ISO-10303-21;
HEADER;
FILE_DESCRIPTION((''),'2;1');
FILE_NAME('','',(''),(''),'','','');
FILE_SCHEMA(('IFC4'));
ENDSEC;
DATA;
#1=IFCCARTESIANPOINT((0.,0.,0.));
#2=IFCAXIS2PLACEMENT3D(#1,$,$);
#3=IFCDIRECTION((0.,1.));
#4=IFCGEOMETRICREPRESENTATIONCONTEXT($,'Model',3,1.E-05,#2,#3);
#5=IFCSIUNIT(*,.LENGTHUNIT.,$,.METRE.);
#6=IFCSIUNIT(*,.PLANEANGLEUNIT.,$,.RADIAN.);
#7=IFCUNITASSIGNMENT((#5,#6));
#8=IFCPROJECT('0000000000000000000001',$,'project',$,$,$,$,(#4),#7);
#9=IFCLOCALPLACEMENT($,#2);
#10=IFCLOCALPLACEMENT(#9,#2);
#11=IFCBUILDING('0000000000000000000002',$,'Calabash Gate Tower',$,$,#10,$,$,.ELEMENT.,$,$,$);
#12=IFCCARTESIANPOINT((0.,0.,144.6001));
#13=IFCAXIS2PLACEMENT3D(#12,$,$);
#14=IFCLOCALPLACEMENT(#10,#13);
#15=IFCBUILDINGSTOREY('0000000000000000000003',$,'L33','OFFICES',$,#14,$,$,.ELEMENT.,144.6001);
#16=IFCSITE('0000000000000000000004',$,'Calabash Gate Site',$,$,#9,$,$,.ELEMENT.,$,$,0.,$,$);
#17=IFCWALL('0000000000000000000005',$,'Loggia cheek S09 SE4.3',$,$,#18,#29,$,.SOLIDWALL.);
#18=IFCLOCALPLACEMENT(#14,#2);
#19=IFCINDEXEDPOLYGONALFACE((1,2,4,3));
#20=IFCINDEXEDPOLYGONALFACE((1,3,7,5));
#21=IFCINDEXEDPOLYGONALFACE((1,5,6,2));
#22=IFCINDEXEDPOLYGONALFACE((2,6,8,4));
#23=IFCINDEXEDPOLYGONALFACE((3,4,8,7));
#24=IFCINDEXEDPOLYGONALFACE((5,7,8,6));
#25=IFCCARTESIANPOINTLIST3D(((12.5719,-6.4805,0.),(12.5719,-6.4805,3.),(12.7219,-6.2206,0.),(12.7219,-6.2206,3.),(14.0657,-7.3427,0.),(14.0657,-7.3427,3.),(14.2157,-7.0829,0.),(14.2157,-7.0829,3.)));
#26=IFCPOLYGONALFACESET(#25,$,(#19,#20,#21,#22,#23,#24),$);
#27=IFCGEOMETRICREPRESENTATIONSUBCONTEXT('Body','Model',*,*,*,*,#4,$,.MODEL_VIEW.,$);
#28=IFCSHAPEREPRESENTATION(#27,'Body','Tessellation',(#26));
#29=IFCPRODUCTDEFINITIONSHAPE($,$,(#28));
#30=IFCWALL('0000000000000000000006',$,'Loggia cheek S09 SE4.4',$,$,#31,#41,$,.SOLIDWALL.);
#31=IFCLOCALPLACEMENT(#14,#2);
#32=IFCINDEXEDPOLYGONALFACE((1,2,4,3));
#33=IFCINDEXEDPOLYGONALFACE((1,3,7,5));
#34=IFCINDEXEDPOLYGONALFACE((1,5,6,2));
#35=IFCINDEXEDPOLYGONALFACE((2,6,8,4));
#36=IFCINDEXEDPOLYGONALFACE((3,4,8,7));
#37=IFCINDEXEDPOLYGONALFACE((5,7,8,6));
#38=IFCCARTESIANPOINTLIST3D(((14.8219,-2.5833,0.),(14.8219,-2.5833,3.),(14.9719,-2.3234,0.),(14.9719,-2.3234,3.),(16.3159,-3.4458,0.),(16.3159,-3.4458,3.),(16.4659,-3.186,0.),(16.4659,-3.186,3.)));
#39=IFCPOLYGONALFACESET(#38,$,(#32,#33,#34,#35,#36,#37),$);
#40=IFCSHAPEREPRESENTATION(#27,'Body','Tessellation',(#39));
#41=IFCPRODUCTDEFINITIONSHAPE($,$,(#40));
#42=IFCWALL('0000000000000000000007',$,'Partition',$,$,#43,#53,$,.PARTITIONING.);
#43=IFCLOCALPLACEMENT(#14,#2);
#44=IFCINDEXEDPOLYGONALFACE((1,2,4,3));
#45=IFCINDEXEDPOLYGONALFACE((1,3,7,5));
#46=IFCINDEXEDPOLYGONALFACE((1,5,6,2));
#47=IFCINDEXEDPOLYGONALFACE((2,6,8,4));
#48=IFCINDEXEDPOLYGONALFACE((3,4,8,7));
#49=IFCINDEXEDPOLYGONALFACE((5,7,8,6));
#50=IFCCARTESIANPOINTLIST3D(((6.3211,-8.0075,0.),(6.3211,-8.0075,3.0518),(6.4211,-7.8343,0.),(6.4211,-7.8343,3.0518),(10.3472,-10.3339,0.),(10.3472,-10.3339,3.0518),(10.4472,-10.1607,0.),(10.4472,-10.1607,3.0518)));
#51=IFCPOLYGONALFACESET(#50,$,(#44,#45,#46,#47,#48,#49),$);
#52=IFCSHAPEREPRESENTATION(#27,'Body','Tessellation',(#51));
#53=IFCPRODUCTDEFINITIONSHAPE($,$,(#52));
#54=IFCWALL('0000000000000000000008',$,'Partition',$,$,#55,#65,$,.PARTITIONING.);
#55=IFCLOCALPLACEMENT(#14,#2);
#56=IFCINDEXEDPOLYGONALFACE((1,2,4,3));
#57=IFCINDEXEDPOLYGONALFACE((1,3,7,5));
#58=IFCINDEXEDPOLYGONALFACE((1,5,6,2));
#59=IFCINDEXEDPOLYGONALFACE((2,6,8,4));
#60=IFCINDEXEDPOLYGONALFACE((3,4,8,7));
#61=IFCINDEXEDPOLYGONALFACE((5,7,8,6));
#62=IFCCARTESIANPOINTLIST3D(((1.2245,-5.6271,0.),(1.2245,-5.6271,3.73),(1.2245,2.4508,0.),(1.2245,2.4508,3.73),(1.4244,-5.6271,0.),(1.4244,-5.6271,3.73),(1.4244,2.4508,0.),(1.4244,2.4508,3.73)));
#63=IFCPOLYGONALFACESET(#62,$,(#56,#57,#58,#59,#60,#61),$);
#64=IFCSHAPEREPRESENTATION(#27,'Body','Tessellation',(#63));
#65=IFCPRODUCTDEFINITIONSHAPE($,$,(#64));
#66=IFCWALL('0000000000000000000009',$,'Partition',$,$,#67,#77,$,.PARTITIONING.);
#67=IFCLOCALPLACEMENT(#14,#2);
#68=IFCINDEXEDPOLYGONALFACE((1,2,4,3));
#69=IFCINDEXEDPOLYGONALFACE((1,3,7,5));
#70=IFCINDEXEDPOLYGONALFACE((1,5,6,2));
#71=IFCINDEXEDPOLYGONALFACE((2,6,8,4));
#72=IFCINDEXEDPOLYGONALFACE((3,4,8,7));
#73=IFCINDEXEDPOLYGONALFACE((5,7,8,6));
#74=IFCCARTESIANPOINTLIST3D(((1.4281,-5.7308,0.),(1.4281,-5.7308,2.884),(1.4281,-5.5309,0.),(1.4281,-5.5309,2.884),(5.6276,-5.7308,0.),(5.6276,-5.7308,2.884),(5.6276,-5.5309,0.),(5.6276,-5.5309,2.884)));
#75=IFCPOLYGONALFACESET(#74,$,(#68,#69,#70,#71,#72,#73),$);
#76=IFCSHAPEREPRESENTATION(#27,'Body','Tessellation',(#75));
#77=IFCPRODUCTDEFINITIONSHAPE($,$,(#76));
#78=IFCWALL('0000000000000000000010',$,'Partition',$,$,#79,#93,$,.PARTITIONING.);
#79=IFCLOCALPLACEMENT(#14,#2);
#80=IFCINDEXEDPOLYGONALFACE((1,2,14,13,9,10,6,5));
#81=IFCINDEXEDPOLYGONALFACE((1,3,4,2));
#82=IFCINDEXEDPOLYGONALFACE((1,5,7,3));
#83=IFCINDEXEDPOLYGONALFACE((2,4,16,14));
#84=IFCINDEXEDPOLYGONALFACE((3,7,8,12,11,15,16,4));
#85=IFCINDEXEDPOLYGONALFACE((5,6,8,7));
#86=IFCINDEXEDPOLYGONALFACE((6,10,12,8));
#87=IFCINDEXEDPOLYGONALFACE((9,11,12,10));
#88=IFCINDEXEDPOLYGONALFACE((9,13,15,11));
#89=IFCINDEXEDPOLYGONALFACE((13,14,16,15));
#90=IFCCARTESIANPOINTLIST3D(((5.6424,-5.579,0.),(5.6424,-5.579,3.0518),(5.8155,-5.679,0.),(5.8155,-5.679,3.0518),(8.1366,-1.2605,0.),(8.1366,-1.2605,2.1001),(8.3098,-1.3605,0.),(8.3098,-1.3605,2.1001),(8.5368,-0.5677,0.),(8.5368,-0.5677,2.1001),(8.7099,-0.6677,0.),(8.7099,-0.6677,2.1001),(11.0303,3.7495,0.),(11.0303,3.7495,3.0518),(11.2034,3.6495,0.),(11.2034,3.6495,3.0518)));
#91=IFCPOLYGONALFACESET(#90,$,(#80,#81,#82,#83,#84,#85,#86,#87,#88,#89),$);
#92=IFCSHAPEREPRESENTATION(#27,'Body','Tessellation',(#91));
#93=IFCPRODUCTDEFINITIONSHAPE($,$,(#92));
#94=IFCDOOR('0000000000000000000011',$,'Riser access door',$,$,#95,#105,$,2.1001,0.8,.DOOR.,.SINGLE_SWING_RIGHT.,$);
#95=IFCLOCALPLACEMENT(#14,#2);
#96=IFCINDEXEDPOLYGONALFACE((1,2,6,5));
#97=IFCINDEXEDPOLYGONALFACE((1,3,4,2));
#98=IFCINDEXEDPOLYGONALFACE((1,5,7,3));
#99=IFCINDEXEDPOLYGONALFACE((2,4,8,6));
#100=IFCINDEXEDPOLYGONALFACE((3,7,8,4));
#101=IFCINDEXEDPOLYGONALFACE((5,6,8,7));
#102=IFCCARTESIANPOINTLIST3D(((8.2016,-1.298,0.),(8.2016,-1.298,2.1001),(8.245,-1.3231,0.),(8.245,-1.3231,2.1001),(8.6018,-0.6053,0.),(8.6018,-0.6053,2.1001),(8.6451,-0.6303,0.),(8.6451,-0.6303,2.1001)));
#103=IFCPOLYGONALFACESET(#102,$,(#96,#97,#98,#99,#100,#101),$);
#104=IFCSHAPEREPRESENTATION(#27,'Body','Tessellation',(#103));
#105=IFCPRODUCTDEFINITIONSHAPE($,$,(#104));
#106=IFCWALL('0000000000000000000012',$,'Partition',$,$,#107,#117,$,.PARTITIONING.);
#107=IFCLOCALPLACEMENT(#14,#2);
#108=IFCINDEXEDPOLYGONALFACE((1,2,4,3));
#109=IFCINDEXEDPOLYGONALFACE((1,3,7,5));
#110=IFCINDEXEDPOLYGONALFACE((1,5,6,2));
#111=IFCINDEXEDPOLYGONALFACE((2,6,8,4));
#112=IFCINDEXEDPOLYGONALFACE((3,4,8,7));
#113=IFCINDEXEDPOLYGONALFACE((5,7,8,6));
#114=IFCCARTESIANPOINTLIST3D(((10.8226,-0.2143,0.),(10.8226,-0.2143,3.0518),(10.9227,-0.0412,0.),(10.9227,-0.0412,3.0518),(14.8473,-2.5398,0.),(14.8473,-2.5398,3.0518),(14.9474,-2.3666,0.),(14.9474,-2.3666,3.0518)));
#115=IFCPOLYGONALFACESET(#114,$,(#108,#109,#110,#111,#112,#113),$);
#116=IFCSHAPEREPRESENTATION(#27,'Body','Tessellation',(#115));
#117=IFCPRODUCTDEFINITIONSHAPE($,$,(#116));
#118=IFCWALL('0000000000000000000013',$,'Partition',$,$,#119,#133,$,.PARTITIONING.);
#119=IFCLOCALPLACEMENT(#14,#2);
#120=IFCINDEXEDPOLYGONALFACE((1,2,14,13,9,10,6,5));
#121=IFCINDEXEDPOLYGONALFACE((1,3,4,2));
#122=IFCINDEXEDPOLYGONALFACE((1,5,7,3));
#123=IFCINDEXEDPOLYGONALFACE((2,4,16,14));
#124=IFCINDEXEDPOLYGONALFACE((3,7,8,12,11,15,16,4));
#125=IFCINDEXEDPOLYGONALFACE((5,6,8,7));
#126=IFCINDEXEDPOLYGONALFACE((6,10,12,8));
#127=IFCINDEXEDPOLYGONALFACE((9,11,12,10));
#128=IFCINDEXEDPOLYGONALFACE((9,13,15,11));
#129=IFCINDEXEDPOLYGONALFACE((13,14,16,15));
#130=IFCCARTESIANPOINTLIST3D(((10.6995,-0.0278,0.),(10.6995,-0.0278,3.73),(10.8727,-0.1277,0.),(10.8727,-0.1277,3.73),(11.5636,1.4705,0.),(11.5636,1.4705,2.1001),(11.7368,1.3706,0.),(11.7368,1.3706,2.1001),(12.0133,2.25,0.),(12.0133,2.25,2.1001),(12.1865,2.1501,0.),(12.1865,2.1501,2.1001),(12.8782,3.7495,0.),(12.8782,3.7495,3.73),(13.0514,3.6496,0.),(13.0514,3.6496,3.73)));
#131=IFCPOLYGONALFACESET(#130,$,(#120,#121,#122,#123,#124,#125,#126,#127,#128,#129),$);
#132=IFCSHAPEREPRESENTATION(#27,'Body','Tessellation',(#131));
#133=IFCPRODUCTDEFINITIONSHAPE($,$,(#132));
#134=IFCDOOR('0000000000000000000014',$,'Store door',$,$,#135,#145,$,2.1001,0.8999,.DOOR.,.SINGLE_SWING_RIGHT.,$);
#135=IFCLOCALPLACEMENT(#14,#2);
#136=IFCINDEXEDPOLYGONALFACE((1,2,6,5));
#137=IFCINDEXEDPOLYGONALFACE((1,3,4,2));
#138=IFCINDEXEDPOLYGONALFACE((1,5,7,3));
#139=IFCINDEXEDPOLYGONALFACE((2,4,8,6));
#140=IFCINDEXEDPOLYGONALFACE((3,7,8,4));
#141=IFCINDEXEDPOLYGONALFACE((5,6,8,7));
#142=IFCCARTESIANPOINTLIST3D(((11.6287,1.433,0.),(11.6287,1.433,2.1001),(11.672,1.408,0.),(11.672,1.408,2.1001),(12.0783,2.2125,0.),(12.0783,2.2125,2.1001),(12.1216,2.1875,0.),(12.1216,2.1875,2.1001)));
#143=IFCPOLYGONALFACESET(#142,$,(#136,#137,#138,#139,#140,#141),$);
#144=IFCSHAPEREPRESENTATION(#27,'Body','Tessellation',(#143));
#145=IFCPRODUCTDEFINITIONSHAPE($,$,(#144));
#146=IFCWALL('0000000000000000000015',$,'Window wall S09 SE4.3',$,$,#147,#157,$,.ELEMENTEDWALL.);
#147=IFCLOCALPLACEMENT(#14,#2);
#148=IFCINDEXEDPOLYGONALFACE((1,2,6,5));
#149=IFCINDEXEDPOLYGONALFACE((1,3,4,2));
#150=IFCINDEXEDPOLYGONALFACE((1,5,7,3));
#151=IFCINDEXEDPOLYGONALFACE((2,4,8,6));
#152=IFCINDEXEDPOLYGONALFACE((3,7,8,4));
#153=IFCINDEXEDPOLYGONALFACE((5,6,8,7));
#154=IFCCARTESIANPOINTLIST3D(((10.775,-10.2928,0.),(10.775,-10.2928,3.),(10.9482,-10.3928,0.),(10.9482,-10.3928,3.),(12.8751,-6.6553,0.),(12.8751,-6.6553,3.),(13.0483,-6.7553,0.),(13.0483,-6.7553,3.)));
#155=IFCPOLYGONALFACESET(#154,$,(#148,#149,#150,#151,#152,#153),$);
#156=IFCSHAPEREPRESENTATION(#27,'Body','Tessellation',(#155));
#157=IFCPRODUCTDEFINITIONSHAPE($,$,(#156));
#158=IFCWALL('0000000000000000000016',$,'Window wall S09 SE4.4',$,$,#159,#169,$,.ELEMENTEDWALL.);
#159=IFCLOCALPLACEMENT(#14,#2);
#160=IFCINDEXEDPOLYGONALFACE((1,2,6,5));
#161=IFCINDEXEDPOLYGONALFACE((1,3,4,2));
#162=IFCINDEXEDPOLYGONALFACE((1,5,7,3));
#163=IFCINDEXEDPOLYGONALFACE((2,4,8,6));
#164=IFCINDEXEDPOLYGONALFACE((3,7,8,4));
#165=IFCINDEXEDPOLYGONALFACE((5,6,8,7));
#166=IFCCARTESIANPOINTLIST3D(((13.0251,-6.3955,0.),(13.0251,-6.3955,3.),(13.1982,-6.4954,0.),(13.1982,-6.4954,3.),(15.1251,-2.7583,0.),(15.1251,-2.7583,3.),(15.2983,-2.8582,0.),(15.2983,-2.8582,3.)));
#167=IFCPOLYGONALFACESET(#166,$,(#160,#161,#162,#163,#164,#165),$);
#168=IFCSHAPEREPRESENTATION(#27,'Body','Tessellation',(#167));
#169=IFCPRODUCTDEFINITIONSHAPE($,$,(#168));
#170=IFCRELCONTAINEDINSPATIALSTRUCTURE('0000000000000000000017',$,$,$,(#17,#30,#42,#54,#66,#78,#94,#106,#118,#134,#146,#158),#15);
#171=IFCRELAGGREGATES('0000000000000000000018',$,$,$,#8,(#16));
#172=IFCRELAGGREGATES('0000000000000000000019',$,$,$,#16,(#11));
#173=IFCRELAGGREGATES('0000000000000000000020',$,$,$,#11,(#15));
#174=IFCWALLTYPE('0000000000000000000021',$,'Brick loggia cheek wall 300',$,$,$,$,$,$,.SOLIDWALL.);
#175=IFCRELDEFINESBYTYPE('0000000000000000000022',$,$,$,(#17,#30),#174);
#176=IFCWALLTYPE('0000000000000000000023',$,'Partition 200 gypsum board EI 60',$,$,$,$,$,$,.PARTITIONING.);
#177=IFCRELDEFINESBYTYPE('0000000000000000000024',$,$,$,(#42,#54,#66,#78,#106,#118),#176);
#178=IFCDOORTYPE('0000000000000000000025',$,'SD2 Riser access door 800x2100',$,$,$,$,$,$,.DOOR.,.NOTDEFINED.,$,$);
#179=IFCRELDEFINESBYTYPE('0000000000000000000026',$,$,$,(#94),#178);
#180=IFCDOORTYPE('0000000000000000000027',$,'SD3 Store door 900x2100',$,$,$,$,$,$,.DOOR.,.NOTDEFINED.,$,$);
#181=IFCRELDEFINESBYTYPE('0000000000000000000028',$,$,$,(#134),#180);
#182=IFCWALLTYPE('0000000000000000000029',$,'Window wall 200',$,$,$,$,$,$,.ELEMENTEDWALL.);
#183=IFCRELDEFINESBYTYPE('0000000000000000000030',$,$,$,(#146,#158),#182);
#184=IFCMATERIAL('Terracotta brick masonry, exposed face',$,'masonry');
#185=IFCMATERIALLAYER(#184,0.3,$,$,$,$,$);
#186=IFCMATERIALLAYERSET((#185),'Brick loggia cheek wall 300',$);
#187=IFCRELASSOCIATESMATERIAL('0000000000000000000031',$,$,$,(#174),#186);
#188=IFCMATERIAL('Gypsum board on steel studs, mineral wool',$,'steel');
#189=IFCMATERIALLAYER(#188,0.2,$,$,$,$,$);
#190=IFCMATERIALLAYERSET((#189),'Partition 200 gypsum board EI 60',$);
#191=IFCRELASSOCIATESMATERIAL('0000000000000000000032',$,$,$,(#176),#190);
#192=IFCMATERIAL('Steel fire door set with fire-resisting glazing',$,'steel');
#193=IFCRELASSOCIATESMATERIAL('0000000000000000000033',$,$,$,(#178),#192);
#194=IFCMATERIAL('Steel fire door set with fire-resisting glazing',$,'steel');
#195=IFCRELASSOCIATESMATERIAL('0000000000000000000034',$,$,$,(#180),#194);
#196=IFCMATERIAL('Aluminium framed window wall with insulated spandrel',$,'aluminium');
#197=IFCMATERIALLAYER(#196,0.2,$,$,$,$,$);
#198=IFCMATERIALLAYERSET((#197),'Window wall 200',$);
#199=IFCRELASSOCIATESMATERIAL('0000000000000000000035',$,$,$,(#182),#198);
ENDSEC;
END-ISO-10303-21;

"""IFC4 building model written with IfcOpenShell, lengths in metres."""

from ifc_helpers import new_model, si_unit, direction, frame, frame_2d, origin, place, context, subcontext, project, spatial, rectangle, extrude, material, layer, layer_set, type_object, element, fill, save


model = new_model("IFC4")

# Units and contexts
model_context = context("Model", 3, precision=1e-05, world=origin(), true_north=direction((0.0, 1.0)))
body_context = subcontext(model_context, "Body", "Model", "MODEL_VIEW")
ifc_project = project(units=[si_unit("LENGTHUNIT", "METRE"), si_unit("PLANEANGLEUNIT", "RADIAN")], contexts=[model_context])

# Site, building, storey
site_placement = place(None, origin())
site = spatial("IfcSite", under=ifc_project, at=site_placement, Name="Calabash Gate Site", CompositionType="ELEMENT", RefElevation=0.0)
building_placement = place(site_placement, origin())
building = spatial("IfcBuilding", under=site, at=building_placement, Name="Calabash Gate Tower", CompositionType="ELEMENT")
storey_placement = place(building_placement, frame((0.0, 0.0, 144.6001)))
storey = spatial("IfcBuildingStorey", under=building, at=storey_placement, Name="L33", Description="OFFICES", CompositionType="ELEMENT", Elevation=144.6001)

# Walls
ifc_material_1 = material(Name="Terracotta brick masonry, exposed face", Category="masonry")
ifc_layer_1 = layer(ifc_material_1, 0.3)
ifc_layer_set_1 = layer_set([ifc_layer_1], Name="Brick loggia cheek wall 300")
wall_type_1 = type_object("IfcWallType", Name="Brick loggia cheek wall 300", PredefinedType="SOLIDWALL", material=ifc_layer_set_1)
wall_1_placement = place(storey_placement, frame((12.647, -6.3506, 0.0), z_axis=(0.0, 0.0, 1.0), x_axis=(0.866075, -0.499914, 0.0)))
element("IfcWall", 1, at=wall_1_placement, inside=storey, type_object=wall_type_1, Name="Loggia cheek S09 SE4.3", PredefinedType="SOLIDWALL", context=body_context, shape_type="SweptSolid", body=[
    extrude(rectangle(XDim=1.7249, YDim=0.3, at=frame_2d((0.8623, 0.0))), origin(), (0.0, 0.0, 1.0), 3.0),
])
wall_2_placement = place(storey_placement, frame((16.3909, -3.3159, 0.0), z_axis=(0.0, 0.0, 1.0), x_axis=(-0.866014, 0.500021, 0.0)))
element("IfcWall", 2, at=wall_2_placement, inside=storey, type_object=wall_type_1, Name="Loggia cheek S09 SE4.4", PredefinedType="SOLIDWALL", context=body_context, shape_type="SweptSolid", body=[
    extrude(rectangle(XDim=1.7251, YDim=0.3, at=frame_2d((0.8625, 0.0))), origin(), (0.0, 0.0, 1.0), 3.0),
])
ifc_material_2 = material(Name="Gypsum board on steel studs, mineral wool", Category="steel")
ifc_layer_2 = layer(ifc_material_2, 0.2)
ifc_layer_set_2 = layer_set([ifc_layer_2], Name="Partition 200 gypsum board EI 60")
wall_type_2 = type_object("IfcWallType", Name="Partition 200 gypsum board EI 60", PredefinedType="PARTITIONING", material=ifc_layer_set_2)
wall_3_placement = place(storey_placement, frame((6.3711, -7.9209, 0.0), z_axis=(0.0, 0.0, 1.0), x_axis=(0.865845, -0.500312, 0.0)))
element("IfcWall", 3, at=wall_3_placement, inside=storey, type_object=wall_type_2, Name="Partition", PredefinedType="PARTITIONING", context=body_context, shape_type="SweptSolid", body=[
    extrude(rectangle(XDim=4.6499, YDim=0.2, at=frame_2d((2.325, 0.0))), origin(), (0.0, 0.0, 1.0), 3.0518),
])
wall_4_placement = place(storey_placement, frame((1.3245, -5.6272, 0.0), z_axis=(0.0, 0.0, 1.0), x_axis=(0.0, 1.0, 0.0)))
element("IfcWall", 4, at=wall_4_placement, inside=storey, type_object=wall_type_2, Name="Partition", PredefinedType="PARTITIONING", context=body_context, shape_type="SweptSolid", body=[
    extrude(rectangle(XDim=8.0779, YDim=0.2, at=frame_2d((4.0391, 0.0))), origin(), (0.0, 0.0, 1.0), 3.73),
])
wall_5_placement = place(storey_placement, frame((1.4282, -5.6309, 0.0), z_axis=(0.0, 0.0, 1.0), x_axis=(1.0, 0.0, 0.0)))
element("IfcWall", 5, at=wall_5_placement, inside=storey, type_object=wall_type_2, Name="Partition", PredefinedType="PARTITIONING", context=body_context, shape_type="SweptSolid", body=[
    extrude(rectangle(XDim=4.1995, YDim=0.2, at=frame_2d((2.0996, 0.0))), origin(), (0.0, 0.0, 1.0), 2.884),
])

# Wall, opening, door
wall_6_placement = place(storey_placement, frame((5.729, -5.6289, 0.0), z_axis=(0.0, 0.0, 1.0), x_axis=(0.500144, 0.865943, 0.0)))
wall_6 = element("IfcWall", 6, at=wall_6_placement, inside=storey, type_object=wall_type_2, Name="Partition", PredefinedType="PARTITIONING", context=body_context, shape_type="SweptSolid", body=[
    extrude(rectangle(XDim=10.7727, YDim=0.2, at=frame_2d((5.3862, 0.0))), origin(), (0.0, 0.0, 1.0), 3.0518),
])
opening_1_placement = place(wall_6_placement, frame((4.9871, 0.0, 0.0)))
opening_1 = element("IfcOpeningElement", 7, at=opening_1_placement, cuts=wall_6, PredefinedType="OPENING", context=body_context, shape_type="SweptSolid", body=[
    extrude(rectangle(XDim=0.8, YDim=2.1001, at=frame_2d((0.3999, 1.05))), frame((0.0, 0.1099, 0.0), z_axis=(0.0, -1.0, 0.0), x_axis=(1.0, 0.0, 0.0)), (0.0, 0.0, 1.0), 0.22),
])
ifc_material_3 = material(Name="Steel fire door set with fire-resisting glazing", Category="steel")
door_type_1 = type_object("IfcDoorType", Name="SD2 Riser access door 800x2100", OperationType="NOTDEFINED", PredefinedType="DOOR", material=ifc_material_3)
door_1_placement = place(opening_1_placement, origin())
door_1 = element("IfcDoor", 8, at=door_1_placement, inside=storey, type_object=door_type_1, Name="Riser access door", OperationType="SINGLE_SWING_RIGHT", OverallHeight=2.1001, OverallWidth=0.8, PredefinedType="DOOR", context=body_context, shape_type="SweptSolid", body=[
    extrude(rectangle(XDim=0.8, YDim=2.1001, at=frame_2d((0.3999, 1.05))), frame((0.0, 0.0249, 0.0), z_axis=(0.0, -1.0, 0.0), x_axis=(1.0, 0.0, 0.0)), (0.0, 0.0, 1.0), 0.05),
])
fill(opening_1, door_1)

# Wall
wall_7_placement = place(storey_placement, frame((10.8726, -0.1277, 0.0), z_axis=(0.0, 0.0, 1.0), x_axis=(0.865857, -0.500291, 0.0)))
element("IfcWall", 9, at=wall_7_placement, inside=storey, type_object=wall_type_2, Name="Partition", PredefinedType="PARTITIONING", context=body_context, shape_type="SweptSolid", body=[
    extrude(rectangle(XDim=4.6482, YDim=0.2, at=frame_2d((2.3242, 0.0))), origin(), (0.0, 0.0, 1.0), 3.0518),
])

# Wall, opening, door
wall_8_placement = place(storey_placement, frame((10.7861, -0.0776, 0.0), z_axis=(0.0, 0.0, 1.0), x_axis=(0.499632, 0.866238, 0.0)))
wall_8 = element("IfcWall", 10, at=wall_8_placement, inside=storey, type_object=wall_type_2, Name="Partition", PredefinedType="PARTITIONING", context=body_context, shape_type="SweptSolid", body=[
    extrude(rectangle(XDim=4.3606, YDim=0.2, at=frame_2d((2.1802, 0.0))), origin(), (0.0, 0.0, 1.0), 3.73),
])
opening_2_placement = place(wall_8_placement, frame((1.7295, 0.0, 0.0)))
opening_2 = element("IfcOpeningElement", 11, at=opening_2_placement, cuts=wall_8, PredefinedType="OPENING", context=body_context, shape_type="SweptSolid", body=[
    extrude(rectangle(XDim=0.8999, YDim=2.1001, at=frame_2d((0.45, 1.05))), frame((0.0, 0.1099, 0.0), z_axis=(0.0, -1.0, 0.0), x_axis=(1.0, 0.0, 0.0)), (0.0, 0.0, 1.0), 0.22),
])
ifc_material_4 = material(Name="Steel fire door set with fire-resisting glazing", Category="steel")
door_type_2 = type_object("IfcDoorType", Name="SD3 Store door 900x2100", OperationType="NOTDEFINED", PredefinedType="DOOR", material=ifc_material_4)
door_2_placement = place(opening_2_placement, origin())
door_2 = element("IfcDoor", 12, at=door_2_placement, inside=storey, type_object=door_type_2, Name="Store door", OperationType="SINGLE_SWING_RIGHT", OverallHeight=2.1001, OverallWidth=0.8999, PredefinedType="DOOR", context=body_context, shape_type="SweptSolid", body=[
    extrude(rectangle(XDim=0.8999, YDim=2.1001, at=frame_2d((0.45, 1.05))), frame((0.0, 0.0249, 0.0), z_axis=(0.0, -1.0, 0.0), x_axis=(1.0, 0.0, 0.0)), (0.0, 0.0, 1.0), 0.05),
])
fill(opening_2, door_2)

# Walls
ifc_material_5 = material(Name="Aluminium framed window wall with insulated spandrel", Category="aluminium")
ifc_layer_3 = layer(ifc_material_5, 0.2)
ifc_layer_set_3 = layer_set([ifc_layer_3], Name="Window wall 200")
wall_type_3 = type_object("IfcWallType", Name="Window wall 200", PredefinedType="ELEMENTEDWALL", material=ifc_layer_set_3)
wall_9_placement = place(storey_placement, frame((10.8616, -10.3428, 0.0), z_axis=(0.0, 0.0, 1.0), x_axis=(0.500003, 0.866024, 0.0)))
element("IfcWall", 13, at=wall_9_placement, inside=storey, type_object=wall_type_3, Name="Window wall S09 SE4.3", PredefinedType="ELEMENTEDWALL", context=body_context, shape_type="SweptSolid", body=[
    extrude(rectangle(XDim=4.2002, YDim=0.2, at=frame_2d((2.1001, 0.0))), origin(), (0.0, 0.0, 1.0), 3.0),
])
wall_10_placement = place(storey_placement, frame((13.1116, -6.4456, 0.0), z_axis=(0.0, 0.0, 1.0), x_axis=(0.500028, 0.866009, 0.0)))
element("IfcWall", 14, at=wall_10_placement, inside=storey, type_object=wall_type_3, Name="Window wall S09 SE4.4", PredefinedType="ELEMENTEDWALL", context=body_context, shape_type="SweptSolid", body=[
    extrude(rectangle(XDim=4.2, YDim=0.2, at=frame_2d((2.1001, 0.0))), origin(), (0.0, 0.0, 1.0), 3.0),
])

save(model, "model.ifc")
